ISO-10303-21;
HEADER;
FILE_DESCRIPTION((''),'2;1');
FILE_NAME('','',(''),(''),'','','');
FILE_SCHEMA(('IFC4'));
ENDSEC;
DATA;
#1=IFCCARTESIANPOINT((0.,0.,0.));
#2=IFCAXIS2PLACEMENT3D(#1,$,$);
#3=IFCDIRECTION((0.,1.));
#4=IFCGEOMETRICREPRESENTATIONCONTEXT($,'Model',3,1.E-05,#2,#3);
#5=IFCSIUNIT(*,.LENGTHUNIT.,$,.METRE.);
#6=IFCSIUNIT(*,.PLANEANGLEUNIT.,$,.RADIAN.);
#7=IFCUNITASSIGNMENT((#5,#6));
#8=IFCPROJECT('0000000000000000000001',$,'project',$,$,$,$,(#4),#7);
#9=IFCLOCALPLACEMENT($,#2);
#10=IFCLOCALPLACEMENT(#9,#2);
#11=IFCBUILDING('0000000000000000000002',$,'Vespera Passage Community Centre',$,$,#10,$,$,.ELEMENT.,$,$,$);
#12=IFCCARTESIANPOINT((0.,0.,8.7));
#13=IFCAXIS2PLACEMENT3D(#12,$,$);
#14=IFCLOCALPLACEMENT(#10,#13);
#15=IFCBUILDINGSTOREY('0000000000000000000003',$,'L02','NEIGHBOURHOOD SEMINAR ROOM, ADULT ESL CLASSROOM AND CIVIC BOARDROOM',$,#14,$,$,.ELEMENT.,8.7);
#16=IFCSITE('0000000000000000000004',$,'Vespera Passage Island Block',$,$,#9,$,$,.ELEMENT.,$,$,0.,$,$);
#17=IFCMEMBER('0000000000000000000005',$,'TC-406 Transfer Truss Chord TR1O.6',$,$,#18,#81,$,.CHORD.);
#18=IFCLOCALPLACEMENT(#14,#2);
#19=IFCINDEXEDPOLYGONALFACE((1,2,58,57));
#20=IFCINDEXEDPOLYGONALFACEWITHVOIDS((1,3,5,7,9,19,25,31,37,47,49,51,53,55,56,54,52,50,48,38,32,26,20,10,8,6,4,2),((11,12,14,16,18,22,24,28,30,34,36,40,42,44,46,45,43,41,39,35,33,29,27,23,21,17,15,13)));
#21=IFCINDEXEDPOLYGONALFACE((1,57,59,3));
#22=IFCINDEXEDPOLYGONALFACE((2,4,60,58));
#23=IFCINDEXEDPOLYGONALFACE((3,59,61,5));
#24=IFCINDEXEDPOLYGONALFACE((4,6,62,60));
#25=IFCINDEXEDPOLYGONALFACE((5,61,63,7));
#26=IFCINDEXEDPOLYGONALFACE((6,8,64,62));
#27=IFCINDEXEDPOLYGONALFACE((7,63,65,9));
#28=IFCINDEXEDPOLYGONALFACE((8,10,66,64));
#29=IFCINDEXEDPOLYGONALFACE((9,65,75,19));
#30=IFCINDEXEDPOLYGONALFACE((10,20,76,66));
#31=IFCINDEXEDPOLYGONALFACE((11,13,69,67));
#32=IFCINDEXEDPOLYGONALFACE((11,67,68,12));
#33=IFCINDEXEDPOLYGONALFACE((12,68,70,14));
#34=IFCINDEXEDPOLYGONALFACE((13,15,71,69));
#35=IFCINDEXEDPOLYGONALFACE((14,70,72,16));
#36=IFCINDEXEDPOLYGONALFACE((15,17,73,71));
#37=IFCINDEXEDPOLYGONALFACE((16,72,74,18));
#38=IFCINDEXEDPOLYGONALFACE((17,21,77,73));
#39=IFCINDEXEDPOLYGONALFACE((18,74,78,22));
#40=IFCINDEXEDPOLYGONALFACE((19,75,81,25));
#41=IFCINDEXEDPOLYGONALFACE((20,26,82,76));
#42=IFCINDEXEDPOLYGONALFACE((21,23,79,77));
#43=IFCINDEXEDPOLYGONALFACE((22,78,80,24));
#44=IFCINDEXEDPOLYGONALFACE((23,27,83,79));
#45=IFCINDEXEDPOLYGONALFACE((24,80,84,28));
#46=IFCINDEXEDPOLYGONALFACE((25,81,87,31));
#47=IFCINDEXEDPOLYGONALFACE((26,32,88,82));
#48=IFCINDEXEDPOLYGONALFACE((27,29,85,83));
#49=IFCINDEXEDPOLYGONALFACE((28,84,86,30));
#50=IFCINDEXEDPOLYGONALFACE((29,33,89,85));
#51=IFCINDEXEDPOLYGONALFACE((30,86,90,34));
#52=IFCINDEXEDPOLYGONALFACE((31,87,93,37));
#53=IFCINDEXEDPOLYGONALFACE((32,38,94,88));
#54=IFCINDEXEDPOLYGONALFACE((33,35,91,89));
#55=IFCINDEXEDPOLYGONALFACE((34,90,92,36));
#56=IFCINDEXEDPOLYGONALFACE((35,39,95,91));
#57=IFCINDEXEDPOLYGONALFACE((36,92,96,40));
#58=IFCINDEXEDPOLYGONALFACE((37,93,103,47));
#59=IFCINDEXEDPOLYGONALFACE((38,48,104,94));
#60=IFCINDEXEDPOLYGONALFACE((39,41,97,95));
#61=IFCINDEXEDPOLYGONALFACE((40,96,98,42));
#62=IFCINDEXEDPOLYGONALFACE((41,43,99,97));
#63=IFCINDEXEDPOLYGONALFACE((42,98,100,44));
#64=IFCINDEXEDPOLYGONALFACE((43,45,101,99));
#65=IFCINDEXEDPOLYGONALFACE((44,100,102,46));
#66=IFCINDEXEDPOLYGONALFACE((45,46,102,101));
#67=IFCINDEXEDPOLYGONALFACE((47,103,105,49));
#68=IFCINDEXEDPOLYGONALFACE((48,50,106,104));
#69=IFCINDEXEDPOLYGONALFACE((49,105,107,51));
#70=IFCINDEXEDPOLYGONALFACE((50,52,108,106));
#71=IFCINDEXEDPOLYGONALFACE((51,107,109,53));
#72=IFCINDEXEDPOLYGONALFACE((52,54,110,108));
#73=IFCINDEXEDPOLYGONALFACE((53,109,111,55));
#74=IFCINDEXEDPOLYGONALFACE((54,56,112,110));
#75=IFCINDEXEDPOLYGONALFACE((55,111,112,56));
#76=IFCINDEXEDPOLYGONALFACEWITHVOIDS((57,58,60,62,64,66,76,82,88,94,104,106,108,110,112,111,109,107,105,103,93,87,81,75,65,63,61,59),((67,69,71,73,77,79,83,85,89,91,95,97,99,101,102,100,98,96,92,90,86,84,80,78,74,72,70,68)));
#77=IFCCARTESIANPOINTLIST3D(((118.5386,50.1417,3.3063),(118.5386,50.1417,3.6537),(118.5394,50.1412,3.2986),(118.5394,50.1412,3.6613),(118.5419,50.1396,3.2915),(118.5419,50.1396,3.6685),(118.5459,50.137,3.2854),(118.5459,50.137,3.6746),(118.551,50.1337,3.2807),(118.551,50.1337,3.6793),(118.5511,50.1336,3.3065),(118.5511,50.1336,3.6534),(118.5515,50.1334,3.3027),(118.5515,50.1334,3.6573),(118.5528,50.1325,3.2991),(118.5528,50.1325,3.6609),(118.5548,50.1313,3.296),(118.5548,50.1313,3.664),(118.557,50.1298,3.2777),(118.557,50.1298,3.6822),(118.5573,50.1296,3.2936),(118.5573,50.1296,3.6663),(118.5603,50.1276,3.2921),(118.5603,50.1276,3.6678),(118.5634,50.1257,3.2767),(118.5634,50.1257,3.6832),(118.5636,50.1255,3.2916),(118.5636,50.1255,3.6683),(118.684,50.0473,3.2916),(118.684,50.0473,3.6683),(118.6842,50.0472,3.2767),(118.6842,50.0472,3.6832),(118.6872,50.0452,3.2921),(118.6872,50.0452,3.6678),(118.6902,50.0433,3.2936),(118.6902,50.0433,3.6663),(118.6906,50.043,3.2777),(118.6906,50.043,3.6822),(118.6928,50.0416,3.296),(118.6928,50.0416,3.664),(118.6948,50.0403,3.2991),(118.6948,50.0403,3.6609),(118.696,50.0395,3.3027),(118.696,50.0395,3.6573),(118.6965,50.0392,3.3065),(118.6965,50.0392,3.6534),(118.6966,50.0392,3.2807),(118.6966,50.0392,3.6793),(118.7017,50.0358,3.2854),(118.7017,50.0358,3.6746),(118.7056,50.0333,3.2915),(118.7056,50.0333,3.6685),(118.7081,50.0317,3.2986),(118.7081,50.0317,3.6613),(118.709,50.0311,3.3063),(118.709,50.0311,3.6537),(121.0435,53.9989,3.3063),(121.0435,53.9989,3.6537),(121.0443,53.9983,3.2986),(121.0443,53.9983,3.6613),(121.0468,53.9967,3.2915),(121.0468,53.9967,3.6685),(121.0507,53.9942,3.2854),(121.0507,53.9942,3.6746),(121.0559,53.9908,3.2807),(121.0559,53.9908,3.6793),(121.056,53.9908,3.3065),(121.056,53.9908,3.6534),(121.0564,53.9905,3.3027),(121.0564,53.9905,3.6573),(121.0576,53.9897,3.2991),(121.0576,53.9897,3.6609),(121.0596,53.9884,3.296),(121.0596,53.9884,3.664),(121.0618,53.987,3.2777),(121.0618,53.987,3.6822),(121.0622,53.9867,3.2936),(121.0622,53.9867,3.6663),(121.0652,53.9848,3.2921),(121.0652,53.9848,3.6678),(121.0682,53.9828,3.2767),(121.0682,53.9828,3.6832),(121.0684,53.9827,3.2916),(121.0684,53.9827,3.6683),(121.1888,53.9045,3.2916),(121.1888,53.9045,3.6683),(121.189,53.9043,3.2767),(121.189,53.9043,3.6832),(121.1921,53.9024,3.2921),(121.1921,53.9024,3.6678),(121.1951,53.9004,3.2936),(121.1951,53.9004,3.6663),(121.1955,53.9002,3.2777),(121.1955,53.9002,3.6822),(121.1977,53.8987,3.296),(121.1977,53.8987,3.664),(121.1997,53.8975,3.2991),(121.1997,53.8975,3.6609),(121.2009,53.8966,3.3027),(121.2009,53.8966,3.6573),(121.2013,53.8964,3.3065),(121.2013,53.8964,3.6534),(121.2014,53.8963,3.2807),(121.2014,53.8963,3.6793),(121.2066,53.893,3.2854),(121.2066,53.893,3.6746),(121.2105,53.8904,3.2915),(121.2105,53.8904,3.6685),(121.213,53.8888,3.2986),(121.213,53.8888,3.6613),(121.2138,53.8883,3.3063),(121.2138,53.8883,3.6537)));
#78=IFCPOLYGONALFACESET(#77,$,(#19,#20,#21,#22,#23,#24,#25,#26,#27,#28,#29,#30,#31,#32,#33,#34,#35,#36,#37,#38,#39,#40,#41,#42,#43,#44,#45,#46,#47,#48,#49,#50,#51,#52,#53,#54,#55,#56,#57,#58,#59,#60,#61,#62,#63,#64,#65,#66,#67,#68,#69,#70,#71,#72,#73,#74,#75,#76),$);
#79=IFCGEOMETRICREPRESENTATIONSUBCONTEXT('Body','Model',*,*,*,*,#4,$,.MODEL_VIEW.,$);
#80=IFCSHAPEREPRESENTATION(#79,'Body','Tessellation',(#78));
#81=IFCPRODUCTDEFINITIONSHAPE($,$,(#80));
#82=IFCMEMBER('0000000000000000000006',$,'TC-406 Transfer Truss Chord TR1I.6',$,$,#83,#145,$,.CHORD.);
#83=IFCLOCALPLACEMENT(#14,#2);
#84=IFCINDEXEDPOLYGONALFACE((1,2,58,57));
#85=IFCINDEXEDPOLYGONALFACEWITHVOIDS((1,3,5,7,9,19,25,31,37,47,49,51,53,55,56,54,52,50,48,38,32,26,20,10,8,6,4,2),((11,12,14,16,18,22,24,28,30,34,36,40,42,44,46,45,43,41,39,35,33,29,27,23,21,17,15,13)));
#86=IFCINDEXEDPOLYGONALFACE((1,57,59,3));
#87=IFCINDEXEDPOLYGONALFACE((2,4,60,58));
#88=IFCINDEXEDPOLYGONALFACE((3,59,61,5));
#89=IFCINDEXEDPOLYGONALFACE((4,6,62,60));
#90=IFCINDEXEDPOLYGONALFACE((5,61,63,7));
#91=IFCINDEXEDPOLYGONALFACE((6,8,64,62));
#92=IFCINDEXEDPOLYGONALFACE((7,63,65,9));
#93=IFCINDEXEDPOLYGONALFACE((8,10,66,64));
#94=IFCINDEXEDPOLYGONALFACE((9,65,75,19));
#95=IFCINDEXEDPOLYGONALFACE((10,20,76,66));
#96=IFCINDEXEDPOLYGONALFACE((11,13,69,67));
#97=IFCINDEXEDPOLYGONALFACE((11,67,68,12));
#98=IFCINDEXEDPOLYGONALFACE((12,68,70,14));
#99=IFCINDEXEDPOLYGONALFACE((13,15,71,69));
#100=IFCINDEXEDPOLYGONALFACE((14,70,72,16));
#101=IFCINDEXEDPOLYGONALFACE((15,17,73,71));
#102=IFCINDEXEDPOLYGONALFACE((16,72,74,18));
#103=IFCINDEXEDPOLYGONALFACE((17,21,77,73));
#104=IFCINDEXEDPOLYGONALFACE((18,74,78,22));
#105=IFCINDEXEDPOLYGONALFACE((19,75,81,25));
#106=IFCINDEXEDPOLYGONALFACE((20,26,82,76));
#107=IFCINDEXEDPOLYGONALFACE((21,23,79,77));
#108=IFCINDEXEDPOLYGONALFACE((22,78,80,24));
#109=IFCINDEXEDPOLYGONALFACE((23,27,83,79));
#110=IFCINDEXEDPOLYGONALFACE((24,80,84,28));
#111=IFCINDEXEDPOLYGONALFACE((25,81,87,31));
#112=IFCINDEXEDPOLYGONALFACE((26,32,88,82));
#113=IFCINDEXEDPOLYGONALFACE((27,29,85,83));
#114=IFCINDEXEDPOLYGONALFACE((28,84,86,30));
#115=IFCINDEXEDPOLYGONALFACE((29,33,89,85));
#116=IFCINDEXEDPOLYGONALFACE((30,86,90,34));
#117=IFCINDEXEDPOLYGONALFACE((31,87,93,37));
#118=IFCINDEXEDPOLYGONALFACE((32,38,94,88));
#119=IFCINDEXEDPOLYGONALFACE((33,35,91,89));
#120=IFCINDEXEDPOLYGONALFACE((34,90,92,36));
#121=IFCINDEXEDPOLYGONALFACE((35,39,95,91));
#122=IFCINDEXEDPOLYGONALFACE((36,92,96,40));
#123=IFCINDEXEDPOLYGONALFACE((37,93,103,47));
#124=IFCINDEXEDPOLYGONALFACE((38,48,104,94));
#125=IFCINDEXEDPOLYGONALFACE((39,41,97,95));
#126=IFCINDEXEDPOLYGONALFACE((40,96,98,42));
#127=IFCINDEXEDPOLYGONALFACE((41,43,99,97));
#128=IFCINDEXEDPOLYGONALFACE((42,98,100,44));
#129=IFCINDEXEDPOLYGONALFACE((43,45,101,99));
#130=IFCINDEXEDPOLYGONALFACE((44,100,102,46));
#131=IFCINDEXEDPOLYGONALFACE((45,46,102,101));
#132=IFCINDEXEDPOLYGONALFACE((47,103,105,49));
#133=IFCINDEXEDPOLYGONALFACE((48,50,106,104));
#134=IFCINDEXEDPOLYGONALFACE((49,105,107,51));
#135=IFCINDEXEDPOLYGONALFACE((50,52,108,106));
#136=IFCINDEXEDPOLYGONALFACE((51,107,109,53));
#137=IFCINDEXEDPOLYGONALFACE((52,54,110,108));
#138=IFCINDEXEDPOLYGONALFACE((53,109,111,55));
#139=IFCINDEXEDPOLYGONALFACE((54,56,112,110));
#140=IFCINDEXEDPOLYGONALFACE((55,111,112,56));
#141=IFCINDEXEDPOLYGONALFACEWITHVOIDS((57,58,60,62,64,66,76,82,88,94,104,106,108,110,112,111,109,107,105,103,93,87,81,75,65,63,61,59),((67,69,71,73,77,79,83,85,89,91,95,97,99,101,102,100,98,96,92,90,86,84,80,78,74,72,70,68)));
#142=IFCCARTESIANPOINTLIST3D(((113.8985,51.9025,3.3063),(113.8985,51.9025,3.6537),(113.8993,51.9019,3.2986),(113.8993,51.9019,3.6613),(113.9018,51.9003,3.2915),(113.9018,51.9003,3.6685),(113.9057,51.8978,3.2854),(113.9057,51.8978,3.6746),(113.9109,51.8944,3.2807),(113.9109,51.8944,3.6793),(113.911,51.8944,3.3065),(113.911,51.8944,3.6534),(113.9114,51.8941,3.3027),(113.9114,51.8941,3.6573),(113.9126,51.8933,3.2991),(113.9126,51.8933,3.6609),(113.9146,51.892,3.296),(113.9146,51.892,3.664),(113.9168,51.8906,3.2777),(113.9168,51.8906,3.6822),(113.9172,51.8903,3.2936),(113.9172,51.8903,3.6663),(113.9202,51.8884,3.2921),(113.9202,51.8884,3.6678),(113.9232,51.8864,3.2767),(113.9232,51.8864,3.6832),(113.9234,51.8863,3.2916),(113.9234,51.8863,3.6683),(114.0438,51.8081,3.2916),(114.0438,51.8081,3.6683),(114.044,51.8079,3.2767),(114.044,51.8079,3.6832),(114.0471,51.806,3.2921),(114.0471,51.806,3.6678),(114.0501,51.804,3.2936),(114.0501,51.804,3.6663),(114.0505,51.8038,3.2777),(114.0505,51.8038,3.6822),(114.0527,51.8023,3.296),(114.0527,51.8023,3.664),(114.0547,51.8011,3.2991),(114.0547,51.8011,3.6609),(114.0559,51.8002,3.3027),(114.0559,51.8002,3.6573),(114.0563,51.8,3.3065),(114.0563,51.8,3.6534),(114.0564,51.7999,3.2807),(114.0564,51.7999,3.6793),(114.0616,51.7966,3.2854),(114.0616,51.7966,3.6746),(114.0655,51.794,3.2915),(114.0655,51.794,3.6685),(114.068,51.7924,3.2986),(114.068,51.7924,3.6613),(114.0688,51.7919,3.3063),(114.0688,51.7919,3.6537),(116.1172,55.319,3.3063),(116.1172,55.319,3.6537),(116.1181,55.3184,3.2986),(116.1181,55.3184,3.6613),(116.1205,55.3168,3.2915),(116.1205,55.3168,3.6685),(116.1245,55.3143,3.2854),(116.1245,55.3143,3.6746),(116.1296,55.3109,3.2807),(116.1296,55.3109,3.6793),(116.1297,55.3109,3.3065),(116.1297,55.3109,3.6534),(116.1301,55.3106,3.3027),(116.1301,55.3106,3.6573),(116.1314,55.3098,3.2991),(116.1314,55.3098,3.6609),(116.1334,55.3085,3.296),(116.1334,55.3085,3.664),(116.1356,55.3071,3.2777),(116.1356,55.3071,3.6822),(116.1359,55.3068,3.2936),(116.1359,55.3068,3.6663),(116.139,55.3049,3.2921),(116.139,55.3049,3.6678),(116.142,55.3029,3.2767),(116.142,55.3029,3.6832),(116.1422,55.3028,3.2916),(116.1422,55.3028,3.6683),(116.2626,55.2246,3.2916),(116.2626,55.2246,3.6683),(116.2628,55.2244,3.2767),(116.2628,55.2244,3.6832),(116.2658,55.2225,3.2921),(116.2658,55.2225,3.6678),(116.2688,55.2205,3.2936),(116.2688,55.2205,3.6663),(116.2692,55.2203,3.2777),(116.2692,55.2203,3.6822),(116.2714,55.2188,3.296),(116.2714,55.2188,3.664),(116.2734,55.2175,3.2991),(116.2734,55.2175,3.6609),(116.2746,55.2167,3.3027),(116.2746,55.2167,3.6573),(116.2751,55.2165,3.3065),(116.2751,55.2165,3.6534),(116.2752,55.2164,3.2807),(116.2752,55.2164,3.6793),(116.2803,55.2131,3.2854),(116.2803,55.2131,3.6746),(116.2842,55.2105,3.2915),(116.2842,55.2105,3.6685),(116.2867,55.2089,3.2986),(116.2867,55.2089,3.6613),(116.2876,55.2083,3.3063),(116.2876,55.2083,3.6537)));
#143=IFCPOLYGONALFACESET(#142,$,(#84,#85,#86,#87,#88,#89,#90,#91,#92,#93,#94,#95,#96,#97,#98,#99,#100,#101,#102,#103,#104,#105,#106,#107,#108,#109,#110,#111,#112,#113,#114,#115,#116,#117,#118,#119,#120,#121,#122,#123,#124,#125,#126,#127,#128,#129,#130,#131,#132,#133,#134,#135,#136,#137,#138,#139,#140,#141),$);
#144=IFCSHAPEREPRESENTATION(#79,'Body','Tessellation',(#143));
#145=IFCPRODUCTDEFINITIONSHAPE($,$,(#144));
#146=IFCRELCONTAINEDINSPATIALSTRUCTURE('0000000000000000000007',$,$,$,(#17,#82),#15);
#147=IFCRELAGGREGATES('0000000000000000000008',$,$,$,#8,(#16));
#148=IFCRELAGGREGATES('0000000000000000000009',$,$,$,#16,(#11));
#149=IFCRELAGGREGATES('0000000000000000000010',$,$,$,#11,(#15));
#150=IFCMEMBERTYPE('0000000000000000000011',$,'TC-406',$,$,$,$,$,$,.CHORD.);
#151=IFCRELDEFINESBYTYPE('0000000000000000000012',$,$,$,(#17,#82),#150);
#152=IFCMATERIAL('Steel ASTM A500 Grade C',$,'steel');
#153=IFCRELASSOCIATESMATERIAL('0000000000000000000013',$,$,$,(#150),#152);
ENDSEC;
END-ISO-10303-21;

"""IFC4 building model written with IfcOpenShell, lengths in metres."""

from ifc_helpers import new_model, si_unit, direction, frame, origin, origin_2d, place, context, subcontext, project, spatial, hollow_rectangle, extrude, material, material_profile, profile_set, type_object, element, save


model = new_model("IFC4")

# Units and contexts
model_context = context("Model", 3, precision=1e-05, world=origin(), true_north=direction((0.0, 1.0)))
body_context = subcontext(model_context, "Body", "Model", "MODEL_VIEW")
ifc_project = project(units=[si_unit("LENGTHUNIT", "METRE"), si_unit("PLANEANGLEUNIT", "RADIAN")], contexts=[model_context])

# Site, building, storey
site_placement = place(None, origin())
site = spatial("IfcSite", under=ifc_project, at=site_placement, Name="Vespera Passage Island Block", CompositionType="ELEMENT", RefElevation=0.0)
building_placement = place(site_placement, origin())
building = spatial("IfcBuilding", under=site, at=building_placement, Name="Vespera Passage Community Centre", CompositionType="ELEMENT")
storey_placement = place(building_placement, frame((0.0, 0.0, 8.7)))
storey = spatial("IfcBuildingStorey", under=building, at=storey_placement, Name="L02", Description="NEIGHBOURHOOD SEMINAR ROOM, ADULT ESL CLASSROOM AND CIVIC BOARDROOM", CompositionType="ELEMENT", Elevation=8.7)

# Members
ifc_material_1 = material(Name="Steel ASTM A500 Grade C", Category="steel")
ifc_material_profile_1 = material_profile(ifc_material_1, hollow_rectangle(XDim=0.2031, YDim=0.4065, WallThickness=0.0149, InnerFilletRadius=0.0149, OuterFilletRadius=0.0295, at=origin_2d()), Name="HSS406X203X15.9")
ifc_profile_set_1 = profile_set([ifc_material_profile_1], Name="Steel ASTM A500 Grade C")
member_type_1 = type_object("IfcMemberType", Name="TC-406", PredefinedType="CHORD", material=ifc_profile_set_1)
member_1_placement = place(storey_placement, frame((118.6238, 50.0864, 3.48), z_axis=(0.544639, 0.83867, 0.0), x_axis=(-0.83867, 0.544639, 0.0)))
element("IfcMember", 1, at=member_1_placement, inside=storey, type_object=member_type_1, Name="TC-406 Transfer Truss Chord TR1O.6", PredefinedType="CHORD", context=body_context, shape_type="SweptSolid", body=[
    extrude(hollow_rectangle(XDim=0.2031, YDim=0.4065, WallThickness=0.0149, InnerFilletRadius=0.0149, OuterFilletRadius=0.0295, at=origin_2d()), origin(), (0.0, 0.0, 1.0), 4.5991),
])
member_2_placement = place(storey_placement, frame((113.9836, 51.8472, 3.48), z_axis=(0.544647, 0.838665, 0.0), x_axis=(-0.838665, 0.544647, 0.0)))
element("IfcMember", 2, at=member_2_placement, inside=storey, type_object=member_type_1, Name="TC-406 Transfer Truss Chord TR1I.6", PredefinedType="CHORD", context=body_context, shape_type="SweptSolid", body=[
    extrude(hollow_rectangle(XDim=0.2031, YDim=0.4065, WallThickness=0.0149, InnerFilletRadius=0.0149, OuterFilletRadius=0.0295, at=origin_2d()), origin(), (0.0, 0.0, 1.0), 4.0737),
])

save(model, "model.ifc")
